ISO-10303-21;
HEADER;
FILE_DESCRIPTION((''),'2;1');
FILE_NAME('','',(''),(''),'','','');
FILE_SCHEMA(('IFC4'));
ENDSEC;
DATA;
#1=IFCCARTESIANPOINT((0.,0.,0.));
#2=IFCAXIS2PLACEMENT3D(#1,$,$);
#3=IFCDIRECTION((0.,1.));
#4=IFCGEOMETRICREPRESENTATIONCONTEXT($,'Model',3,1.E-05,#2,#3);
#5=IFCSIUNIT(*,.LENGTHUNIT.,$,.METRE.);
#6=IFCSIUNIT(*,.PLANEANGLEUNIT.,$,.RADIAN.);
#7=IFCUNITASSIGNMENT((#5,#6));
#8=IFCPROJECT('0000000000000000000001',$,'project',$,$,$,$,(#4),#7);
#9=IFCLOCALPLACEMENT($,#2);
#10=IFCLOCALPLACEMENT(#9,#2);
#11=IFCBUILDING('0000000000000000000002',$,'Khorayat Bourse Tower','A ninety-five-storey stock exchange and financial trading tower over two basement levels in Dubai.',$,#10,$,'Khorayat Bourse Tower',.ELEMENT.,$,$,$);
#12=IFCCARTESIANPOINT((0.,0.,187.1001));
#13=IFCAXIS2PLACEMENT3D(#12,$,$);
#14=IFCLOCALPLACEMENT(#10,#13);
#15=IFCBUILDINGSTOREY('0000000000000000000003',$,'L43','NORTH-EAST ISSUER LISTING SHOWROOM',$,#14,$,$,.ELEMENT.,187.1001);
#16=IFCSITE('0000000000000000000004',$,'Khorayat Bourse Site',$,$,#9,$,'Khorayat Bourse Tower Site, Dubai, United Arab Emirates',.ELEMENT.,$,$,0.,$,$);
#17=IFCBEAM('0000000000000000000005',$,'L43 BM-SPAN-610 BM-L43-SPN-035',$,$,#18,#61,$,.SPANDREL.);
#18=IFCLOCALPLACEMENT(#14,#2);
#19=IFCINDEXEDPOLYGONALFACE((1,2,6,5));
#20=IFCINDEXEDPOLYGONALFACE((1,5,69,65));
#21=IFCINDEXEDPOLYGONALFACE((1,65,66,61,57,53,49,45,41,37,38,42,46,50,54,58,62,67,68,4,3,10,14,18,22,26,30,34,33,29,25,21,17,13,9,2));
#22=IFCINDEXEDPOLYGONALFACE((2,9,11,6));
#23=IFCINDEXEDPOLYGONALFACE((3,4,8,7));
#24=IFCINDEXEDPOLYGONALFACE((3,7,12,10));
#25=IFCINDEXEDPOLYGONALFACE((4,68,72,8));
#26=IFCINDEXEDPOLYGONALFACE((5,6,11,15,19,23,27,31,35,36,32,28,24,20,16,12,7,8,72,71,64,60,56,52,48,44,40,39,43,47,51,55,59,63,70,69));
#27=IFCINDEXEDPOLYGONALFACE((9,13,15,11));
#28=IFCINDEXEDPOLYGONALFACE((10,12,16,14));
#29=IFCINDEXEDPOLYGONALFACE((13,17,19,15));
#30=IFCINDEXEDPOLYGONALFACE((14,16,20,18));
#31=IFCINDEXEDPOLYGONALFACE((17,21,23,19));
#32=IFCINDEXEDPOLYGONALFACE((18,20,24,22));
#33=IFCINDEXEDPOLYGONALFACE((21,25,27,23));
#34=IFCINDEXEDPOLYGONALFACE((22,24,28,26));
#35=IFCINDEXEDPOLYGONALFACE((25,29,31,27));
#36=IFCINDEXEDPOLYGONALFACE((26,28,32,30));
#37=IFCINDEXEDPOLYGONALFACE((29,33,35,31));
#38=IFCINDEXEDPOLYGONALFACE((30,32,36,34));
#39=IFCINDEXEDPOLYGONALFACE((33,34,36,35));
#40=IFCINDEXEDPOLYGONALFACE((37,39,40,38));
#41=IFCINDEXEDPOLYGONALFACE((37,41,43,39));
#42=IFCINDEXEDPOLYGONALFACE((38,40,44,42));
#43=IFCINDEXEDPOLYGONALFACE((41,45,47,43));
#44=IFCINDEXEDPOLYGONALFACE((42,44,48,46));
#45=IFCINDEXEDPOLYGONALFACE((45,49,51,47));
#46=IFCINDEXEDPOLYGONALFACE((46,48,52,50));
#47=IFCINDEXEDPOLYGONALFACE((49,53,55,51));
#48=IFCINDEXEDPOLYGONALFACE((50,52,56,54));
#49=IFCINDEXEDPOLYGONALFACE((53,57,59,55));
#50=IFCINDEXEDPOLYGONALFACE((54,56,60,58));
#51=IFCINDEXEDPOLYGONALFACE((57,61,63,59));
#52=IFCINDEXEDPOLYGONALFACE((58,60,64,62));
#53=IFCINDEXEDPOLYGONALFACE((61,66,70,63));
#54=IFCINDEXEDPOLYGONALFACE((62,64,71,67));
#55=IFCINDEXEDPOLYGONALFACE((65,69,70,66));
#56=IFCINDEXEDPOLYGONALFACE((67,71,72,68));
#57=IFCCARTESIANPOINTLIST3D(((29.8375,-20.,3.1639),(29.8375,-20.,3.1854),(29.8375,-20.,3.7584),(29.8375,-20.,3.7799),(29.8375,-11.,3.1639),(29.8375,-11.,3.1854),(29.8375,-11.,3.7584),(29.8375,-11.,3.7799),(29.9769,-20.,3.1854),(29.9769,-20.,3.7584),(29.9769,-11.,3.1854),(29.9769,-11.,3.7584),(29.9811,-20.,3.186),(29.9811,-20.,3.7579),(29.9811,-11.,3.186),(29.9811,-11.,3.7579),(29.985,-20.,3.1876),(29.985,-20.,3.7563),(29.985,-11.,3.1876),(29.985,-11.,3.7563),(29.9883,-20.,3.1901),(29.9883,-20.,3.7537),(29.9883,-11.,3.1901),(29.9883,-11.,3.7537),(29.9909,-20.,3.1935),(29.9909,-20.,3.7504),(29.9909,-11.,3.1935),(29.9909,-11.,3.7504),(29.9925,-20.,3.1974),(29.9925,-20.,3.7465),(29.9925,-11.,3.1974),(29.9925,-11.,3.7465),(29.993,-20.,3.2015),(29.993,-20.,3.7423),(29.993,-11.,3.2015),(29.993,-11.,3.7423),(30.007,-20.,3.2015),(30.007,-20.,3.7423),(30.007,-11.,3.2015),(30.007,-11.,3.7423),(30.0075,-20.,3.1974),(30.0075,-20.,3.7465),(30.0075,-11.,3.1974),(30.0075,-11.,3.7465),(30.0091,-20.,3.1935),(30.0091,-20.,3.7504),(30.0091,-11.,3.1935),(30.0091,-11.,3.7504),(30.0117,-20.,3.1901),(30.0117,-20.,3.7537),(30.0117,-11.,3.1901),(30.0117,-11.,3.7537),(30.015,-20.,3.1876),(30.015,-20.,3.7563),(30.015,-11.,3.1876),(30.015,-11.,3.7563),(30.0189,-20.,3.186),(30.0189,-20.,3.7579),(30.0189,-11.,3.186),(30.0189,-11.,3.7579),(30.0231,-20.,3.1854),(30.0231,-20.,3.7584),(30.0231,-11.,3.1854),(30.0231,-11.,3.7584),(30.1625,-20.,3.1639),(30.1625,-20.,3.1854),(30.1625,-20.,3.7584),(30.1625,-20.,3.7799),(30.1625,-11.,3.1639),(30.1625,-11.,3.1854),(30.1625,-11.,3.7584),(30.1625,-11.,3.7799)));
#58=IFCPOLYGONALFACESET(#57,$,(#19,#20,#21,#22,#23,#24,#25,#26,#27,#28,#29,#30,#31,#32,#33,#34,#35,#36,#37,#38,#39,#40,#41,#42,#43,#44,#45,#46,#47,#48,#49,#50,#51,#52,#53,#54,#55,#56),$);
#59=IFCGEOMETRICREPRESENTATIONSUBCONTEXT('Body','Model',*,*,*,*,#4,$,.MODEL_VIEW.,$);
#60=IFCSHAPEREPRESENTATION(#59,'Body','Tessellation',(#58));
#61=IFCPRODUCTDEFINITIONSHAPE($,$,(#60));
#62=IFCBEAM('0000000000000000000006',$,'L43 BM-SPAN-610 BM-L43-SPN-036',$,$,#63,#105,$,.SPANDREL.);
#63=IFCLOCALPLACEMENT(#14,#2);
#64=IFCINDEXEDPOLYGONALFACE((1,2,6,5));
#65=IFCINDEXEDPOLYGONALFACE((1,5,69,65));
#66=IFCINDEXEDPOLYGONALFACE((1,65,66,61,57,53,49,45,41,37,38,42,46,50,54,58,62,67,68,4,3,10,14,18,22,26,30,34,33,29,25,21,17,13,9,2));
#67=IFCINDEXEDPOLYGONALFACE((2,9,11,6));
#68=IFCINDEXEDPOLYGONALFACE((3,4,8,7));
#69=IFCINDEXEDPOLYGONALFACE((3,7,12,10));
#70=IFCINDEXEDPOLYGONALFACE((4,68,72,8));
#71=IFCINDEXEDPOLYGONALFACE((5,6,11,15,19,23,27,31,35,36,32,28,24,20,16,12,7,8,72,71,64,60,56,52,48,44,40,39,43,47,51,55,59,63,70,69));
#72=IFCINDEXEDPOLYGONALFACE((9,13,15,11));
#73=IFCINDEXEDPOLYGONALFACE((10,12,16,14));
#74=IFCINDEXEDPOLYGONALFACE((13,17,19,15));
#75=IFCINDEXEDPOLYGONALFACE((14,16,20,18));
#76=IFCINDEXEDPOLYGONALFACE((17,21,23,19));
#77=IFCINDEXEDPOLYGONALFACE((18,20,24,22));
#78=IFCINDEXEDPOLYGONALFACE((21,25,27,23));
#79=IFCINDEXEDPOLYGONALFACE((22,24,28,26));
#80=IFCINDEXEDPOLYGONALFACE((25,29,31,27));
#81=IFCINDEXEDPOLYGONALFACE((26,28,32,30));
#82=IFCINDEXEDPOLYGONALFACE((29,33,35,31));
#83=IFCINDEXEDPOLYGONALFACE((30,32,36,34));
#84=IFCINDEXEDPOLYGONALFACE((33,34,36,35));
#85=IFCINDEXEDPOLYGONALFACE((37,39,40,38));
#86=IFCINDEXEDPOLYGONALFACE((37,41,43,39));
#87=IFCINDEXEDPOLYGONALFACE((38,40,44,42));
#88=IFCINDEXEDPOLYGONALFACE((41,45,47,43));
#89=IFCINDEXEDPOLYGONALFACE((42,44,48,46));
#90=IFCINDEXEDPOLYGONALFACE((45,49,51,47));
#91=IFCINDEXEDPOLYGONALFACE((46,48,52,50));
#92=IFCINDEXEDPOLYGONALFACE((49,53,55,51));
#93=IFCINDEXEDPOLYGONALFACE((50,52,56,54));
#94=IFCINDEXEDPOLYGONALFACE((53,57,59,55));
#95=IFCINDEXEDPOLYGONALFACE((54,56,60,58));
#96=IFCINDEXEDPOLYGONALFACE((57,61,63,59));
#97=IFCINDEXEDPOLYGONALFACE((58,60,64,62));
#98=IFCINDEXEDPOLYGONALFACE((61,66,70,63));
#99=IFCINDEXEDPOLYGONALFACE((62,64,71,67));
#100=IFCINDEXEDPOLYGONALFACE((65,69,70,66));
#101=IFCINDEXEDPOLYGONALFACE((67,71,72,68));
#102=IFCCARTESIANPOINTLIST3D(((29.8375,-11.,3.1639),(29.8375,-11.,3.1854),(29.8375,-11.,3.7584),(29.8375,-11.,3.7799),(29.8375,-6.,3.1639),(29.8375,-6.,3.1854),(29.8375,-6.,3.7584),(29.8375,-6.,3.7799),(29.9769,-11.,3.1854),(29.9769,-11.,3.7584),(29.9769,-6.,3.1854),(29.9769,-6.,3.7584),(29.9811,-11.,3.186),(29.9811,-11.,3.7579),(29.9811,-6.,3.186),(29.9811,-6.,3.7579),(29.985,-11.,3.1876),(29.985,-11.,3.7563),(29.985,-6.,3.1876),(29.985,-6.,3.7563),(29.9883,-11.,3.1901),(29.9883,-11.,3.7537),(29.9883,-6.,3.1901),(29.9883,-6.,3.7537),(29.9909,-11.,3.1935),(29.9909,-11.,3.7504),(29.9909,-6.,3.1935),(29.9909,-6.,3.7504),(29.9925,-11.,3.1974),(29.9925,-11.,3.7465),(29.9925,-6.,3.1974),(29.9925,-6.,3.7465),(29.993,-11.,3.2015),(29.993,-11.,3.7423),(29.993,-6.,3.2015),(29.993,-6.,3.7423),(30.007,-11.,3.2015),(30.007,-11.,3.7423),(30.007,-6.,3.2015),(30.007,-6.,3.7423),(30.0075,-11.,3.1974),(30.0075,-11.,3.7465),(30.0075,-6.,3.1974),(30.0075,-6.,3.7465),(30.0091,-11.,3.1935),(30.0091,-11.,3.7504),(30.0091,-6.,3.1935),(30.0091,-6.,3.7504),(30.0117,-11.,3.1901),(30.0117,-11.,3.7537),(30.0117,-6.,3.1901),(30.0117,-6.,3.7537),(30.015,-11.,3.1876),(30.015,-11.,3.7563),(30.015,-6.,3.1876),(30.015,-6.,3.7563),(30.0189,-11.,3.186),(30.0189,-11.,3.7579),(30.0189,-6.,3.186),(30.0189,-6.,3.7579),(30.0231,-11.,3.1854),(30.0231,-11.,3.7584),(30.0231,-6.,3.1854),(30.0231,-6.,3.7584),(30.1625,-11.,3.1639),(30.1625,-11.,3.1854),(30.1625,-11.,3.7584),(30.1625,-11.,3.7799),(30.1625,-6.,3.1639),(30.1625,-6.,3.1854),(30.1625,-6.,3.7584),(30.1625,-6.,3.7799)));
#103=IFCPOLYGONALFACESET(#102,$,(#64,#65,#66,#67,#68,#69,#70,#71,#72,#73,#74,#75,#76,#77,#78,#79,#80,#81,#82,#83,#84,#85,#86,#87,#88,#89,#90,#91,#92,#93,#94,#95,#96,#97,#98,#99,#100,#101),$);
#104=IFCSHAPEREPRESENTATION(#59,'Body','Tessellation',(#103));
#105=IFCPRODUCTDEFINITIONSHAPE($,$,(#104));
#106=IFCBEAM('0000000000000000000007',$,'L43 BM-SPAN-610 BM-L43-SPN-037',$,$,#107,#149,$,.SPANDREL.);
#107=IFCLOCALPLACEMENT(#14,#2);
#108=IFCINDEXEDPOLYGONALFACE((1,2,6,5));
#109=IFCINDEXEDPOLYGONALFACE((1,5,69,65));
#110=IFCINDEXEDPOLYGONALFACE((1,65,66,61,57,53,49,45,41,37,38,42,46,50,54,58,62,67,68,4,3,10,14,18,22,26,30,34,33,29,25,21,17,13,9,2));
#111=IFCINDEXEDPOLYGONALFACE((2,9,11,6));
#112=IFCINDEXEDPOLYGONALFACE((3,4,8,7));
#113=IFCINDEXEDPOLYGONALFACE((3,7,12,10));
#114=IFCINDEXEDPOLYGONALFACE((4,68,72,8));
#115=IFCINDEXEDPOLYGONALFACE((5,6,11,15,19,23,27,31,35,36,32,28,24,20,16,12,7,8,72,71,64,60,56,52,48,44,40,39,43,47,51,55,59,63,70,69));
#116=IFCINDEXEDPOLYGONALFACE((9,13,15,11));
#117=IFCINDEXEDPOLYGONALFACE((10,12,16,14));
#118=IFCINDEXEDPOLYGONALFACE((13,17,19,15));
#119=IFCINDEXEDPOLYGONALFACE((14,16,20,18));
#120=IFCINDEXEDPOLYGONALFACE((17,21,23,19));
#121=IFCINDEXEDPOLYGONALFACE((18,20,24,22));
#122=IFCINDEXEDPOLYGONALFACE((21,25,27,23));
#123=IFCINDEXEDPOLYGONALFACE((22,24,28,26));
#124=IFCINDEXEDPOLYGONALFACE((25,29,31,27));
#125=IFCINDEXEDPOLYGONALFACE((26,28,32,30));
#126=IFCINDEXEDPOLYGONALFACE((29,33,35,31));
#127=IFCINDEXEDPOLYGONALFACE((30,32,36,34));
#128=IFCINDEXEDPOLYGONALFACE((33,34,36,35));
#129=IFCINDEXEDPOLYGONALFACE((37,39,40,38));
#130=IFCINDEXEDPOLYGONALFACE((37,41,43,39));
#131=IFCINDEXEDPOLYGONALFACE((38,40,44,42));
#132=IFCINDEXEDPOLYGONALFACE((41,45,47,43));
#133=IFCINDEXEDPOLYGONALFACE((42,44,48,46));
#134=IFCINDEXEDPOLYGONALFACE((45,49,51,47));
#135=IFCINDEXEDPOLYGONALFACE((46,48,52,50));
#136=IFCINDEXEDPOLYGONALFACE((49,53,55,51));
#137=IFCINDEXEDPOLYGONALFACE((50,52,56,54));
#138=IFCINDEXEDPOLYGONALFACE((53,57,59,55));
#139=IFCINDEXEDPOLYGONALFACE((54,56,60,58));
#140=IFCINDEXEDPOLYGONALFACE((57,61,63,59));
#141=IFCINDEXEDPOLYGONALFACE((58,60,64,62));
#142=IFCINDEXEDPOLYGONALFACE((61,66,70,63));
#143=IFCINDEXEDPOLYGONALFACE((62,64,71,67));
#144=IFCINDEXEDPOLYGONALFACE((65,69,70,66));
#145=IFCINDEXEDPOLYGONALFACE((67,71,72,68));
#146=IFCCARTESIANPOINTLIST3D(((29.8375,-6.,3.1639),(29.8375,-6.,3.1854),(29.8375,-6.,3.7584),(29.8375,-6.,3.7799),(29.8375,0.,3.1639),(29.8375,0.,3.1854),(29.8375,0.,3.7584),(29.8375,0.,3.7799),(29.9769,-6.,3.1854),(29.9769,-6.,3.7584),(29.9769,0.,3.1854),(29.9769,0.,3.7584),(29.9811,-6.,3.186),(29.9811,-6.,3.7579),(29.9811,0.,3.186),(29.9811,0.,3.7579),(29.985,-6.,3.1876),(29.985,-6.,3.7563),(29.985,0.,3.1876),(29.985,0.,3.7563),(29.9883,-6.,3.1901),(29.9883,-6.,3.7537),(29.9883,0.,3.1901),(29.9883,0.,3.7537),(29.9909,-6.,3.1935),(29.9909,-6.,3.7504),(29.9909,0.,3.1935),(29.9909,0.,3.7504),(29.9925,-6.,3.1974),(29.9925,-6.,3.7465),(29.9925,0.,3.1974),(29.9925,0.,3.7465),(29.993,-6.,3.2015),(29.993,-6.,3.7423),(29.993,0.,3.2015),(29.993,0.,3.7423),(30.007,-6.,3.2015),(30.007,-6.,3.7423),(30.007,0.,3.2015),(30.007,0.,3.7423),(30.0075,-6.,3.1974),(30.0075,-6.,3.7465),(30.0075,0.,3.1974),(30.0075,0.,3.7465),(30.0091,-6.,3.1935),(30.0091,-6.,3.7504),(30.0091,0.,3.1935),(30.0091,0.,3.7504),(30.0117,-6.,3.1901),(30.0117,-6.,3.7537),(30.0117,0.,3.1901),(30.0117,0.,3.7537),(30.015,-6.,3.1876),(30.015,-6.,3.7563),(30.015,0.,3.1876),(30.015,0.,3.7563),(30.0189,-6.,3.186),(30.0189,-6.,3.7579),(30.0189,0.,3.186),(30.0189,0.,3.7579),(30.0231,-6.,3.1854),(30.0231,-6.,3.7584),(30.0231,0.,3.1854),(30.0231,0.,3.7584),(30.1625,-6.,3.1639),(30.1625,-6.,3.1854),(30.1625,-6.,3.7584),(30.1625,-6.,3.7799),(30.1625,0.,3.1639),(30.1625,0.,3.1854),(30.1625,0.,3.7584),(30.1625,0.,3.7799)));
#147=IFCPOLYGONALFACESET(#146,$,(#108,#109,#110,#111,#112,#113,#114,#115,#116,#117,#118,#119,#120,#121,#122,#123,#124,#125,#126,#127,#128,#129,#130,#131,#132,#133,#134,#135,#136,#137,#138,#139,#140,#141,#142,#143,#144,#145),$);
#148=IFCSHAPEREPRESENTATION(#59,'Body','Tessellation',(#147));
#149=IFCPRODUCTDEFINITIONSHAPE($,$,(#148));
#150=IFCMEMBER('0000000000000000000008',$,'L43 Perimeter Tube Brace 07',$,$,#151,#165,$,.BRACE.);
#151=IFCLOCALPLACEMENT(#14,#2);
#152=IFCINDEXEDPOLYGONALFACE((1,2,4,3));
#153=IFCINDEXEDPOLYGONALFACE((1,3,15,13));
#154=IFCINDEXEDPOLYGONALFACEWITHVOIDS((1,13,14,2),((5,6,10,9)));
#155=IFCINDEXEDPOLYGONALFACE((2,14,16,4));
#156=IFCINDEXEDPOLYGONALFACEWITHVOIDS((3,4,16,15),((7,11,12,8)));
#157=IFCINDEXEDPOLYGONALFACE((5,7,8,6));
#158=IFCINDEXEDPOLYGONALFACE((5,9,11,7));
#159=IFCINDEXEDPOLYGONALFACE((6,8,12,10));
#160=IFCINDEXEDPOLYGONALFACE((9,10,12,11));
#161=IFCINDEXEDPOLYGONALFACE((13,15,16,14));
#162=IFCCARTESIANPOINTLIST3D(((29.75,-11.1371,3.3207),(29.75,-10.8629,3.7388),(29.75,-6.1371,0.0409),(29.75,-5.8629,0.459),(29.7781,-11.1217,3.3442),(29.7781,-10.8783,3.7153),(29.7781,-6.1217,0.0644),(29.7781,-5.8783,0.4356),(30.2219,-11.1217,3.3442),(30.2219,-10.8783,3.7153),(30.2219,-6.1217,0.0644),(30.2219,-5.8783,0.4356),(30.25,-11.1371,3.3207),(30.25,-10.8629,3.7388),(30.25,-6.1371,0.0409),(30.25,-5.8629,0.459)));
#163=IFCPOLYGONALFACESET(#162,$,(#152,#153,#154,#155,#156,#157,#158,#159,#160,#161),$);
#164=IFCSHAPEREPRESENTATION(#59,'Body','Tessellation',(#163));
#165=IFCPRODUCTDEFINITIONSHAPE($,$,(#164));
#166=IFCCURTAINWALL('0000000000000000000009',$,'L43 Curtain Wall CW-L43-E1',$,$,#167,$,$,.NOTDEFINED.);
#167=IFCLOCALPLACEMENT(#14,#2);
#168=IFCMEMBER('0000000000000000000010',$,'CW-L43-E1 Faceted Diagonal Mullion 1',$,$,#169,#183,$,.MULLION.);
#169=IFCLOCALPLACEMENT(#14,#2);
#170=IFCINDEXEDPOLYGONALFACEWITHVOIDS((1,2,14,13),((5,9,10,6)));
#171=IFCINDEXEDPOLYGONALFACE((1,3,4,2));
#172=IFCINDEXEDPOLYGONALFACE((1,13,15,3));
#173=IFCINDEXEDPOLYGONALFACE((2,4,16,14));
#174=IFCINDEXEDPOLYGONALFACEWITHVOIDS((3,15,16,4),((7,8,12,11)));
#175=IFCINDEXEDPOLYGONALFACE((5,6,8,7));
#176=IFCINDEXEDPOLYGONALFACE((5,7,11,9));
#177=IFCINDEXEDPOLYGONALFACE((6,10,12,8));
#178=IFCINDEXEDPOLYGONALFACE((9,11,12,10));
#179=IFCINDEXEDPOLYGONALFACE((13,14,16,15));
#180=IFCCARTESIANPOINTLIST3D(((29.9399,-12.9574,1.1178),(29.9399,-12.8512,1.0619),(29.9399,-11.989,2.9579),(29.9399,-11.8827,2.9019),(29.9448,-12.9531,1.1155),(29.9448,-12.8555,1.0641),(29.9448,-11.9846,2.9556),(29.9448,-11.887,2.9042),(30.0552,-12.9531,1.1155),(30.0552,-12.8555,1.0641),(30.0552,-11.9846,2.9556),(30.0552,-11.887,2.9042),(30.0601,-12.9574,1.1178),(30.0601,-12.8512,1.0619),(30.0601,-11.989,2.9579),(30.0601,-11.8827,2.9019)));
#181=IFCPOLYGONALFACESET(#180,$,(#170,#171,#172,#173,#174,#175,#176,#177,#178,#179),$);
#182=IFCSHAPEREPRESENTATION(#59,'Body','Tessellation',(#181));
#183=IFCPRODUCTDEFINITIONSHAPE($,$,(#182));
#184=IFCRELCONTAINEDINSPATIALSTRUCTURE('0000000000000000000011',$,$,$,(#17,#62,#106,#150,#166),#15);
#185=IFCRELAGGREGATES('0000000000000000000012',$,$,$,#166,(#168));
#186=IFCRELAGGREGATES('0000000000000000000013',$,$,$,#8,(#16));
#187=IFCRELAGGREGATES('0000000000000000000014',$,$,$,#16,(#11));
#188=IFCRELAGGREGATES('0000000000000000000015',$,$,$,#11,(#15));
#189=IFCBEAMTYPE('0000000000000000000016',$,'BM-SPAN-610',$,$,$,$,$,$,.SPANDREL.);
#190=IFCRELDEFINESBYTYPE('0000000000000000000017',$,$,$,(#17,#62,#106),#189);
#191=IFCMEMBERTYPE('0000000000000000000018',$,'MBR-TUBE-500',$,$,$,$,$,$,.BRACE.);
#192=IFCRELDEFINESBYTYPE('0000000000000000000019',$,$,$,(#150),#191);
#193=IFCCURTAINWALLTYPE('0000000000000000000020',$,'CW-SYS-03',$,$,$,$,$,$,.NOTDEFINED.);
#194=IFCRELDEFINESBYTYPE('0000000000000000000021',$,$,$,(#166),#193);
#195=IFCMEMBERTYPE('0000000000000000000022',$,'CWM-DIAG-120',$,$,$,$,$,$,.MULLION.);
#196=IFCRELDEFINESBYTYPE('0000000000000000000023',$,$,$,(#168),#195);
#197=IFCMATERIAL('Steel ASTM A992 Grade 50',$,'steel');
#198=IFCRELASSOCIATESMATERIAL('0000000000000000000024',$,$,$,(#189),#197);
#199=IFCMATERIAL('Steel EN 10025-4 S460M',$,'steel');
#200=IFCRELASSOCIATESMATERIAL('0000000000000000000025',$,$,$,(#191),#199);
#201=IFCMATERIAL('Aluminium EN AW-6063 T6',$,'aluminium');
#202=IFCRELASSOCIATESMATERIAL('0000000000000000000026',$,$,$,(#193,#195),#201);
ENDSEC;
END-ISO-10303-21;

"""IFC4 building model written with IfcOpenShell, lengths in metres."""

from ifc_helpers import new_model, si_unit, direction, frame, origin, origin_2d, place, context, subcontext, project, spatial, hollow_rectangle, i_section, extrude, source, transform, mapped, material, material_profile, profile_set, type_object, element, aggregate, save


model = new_model("IFC4")

# Units and contexts
model_context = context("Model", 3, precision=1e-05, world=origin(), true_north=direction((0.0, 1.0)))
body_context = subcontext(model_context, "Body", "Model", "MODEL_VIEW")
ifc_project = project(units=[si_unit("LENGTHUNIT", "METRE"), si_unit("PLANEANGLEUNIT", "RADIAN")], contexts=[model_context])

# Site, building, storey
site_placement = place(None, origin())
site = spatial("IfcSite", under=ifc_project, at=site_placement, Name="Khorayat Bourse Site", LongName="Khorayat Bourse Tower Site, Dubai, United Arab Emirates", CompositionType="ELEMENT", RefElevation=0.0)
building_placement = place(site_placement, origin())
building = spatial("IfcBuilding", under=site, at=building_placement, Name="Khorayat Bourse Tower", Description="A ninety-five-storey stock exchange and financial trading tower over two basement levels in Dubai.", LongName="Khorayat Bourse Tower", CompositionType="ELEMENT")
storey_placement = place(building_placement, frame((0.0, 0.0, 187.1001)))
storey = spatial("IfcBuildingStorey", under=building, at=storey_placement, Name="L43", Description="NORTH-EAST ISSUER LISTING SHOWROOM", CompositionType="ELEMENT", Elevation=187.1001)

# Shared definitions
ifc_material_1 = material(Name="Steel EN 10025-4 S460M", Category="steel")

# Beams
ifc_material_2 = material(Name="Steel ASTM A992 Grade 50", Category="steel")
ifc_material_profile_1 = material_profile(ifc_material_2, i_section(OverallWidth=0.325, OverallDepth=0.616, WebThickness=0.0139, FlangeThickness=0.0215, FilletRadius=0.0161, at=origin_2d()), Name="W610X174")
ifc_profile_set_1 = profile_set([ifc_material_profile_1], Name="Steel ASTM A992 Grade 50")
beam_type_1 = type_object("IfcBeamType", Name="BM-SPAN-610", PredefinedType="SPANDREL", material=ifc_profile_set_1)
shared_shape_1 = source(origin(), body_context, "Body", "SweptSolid", [
    extrude(i_section(OverallWidth=0.325, OverallDepth=0.616, WebThickness=0.0139, FlangeThickness=0.0215, FilletRadius=0.0161, at=origin_2d()), origin(), (0.0, 0.0, 1.0), 9.0),
])
beam_1_placement = place(storey_placement, frame((30.0, -20.0, 3.4719), z_axis=(0.0, 1.0, 0.0), x_axis=(-1.0, 0.0, 0.0)))
element("IfcBeam", 1, at=beam_1_placement, inside=storey, type_object=beam_type_1, Name="L43 BM-SPAN-610 BM-L43-SPN-035", PredefinedType="SPANDREL", context=body_context, shape_type="MappedRepresentation", body=[
    mapped(shared_shape_1, transform((0.0, 0.0, 0.0), scale=1.0)),
])
shared_shape_2 = source(origin(), body_context, "Body", "SweptSolid", [
    extrude(i_section(OverallWidth=0.325, OverallDepth=0.616, WebThickness=0.0139, FlangeThickness=0.0215, FilletRadius=0.0161, at=origin_2d()), origin(), (0.0, 0.0, 1.0), 5.0),
])
beam_2_placement = place(storey_placement, frame((30.0, -11.0, 3.4719), z_axis=(0.0, 1.0, 0.0), x_axis=(-1.0, 0.0, 0.0)))
element("IfcBeam", 2, at=beam_2_placement, inside=storey, type_object=beam_type_1, Name="L43 BM-SPAN-610 BM-L43-SPN-036", PredefinedType="SPANDREL", context=body_context, shape_type="MappedRepresentation", body=[
    mapped(shared_shape_2, transform((0.0, 0.0, 0.0), scale=1.0)),
])
shared_shape_3 = source(origin(), body_context, "Body", "SweptSolid", [
    extrude(i_section(OverallWidth=0.325, OverallDepth=0.616, WebThickness=0.0139, FlangeThickness=0.0215, FilletRadius=0.0161, at=origin_2d()), origin(), (0.0, 0.0, 1.0), 6.0),
])
beam_3_placement = place(storey_placement, frame((30.0, -6.0, 3.4719), z_axis=(0.0, 1.0, 0.0), x_axis=(-1.0, 0.0, 0.0)))
element("IfcBeam", 3, at=beam_3_placement, inside=storey, type_object=beam_type_1, Name="L43 BM-SPAN-610 BM-L43-SPN-037", PredefinedType="SPANDREL", context=body_context, shape_type="MappedRepresentation", body=[
    mapped(shared_shape_3, transform((0.0, 0.0, 0.0), scale=1.0)),
])

# Member
ifc_material_profile_2 = material_profile(ifc_material_1, hollow_rectangle(XDim=0.5, YDim=0.5, WallThickness=0.0281, at=origin_2d()), Name="HSS 500x500x28")
ifc_profile_set_2 = profile_set([ifc_material_profile_2], Name="Steel EN 10025-4 S460M")
member_type_1 = type_object("IfcMemberType", Name="MBR-TUBE-500", PredefinedType="BRACE", material=ifc_profile_set_2)
shared_shape_4 = source(origin(), body_context, "Body", "SweptSolid", [
    extrude(hollow_rectangle(XDim=0.5, YDim=0.5, WallThickness=0.0281, at=origin_2d()), origin(), (0.0, 0.0, 1.0), 5.9797),
])
member_1_placement = place(storey_placement, frame((30.0, -11.0, 3.5298), z_axis=(0.0, 0.83616, -0.548485), x_axis=(-1.0, 0.0, 0.0)))
element("IfcMember", 4, at=member_1_placement, inside=storey, type_object=member_type_1, Name="L43 Perimeter Tube Brace 07", PredefinedType="BRACE", context=body_context, shape_type="MappedRepresentation", body=[
    mapped(shared_shape_4, transform((0.0, 0.0, 0.0), scale=1.0)),
])

# Curtain wall, member
ifc_material_3 = material(Name="Aluminium EN AW-6063 T6", Category="aluminium")
curtain_wall_type = type_object("IfcCurtainWallType", Name="CW-SYS-03", PredefinedType="NOTDEFINED", material=ifc_material_3)
curtain_wall_placement = place(storey_placement, origin())
curtain_wall = element("IfcCurtainWall", 5, at=curtain_wall_placement, inside=storey, type_object=curtain_wall_type, Name="L43 Curtain Wall CW-L43-E1", PredefinedType="NOTDEFINED")
ifc_material_profile_3 = material_profile(ifc_material_3, hollow_rectangle(XDim=0.1201, YDim=0.1201, WallThickness=0.0049, at=origin_2d()), Name="ALU 120x120x5")
ifc_profile_set_3 = profile_set([ifc_material_profile_3], Name="Aluminium EN AW-6063 T6")
member_type_2 = type_object("IfcMemberType", Name="CWM-DIAG-120", PredefinedType="MULLION", material=ifc_profile_set_3)
shared_shape_5 = source(origin(), body_context, "Body", "SweptSolid", [
    extrude(hollow_rectangle(XDim=0.1201, YDim=0.1201, WallThickness=0.0049, at=origin_2d()), origin(), (0.0, 0.0, 1.0), 2.0793),
])
member_2_placement = place(storey_placement, frame((30.0, -12.9043, 1.0898), z_axis=(0.0, 0.465761, 0.884911), x_axis=(-1.0, 0.0, 0.0)))
member_2 = element("IfcMember", 6, at=member_2_placement, type_object=member_type_2, Name="CW-L43-E1 Faceted Diagonal Mullion 1", PredefinedType="MULLION", context=body_context, shape_type="MappedRepresentation", body=[
    mapped(shared_shape_5, transform((0.0, 0.0, 0.0), scale=1.0)),
])

aggregate(curtain_wall, [member_2])

save(model, "model.ifc")
